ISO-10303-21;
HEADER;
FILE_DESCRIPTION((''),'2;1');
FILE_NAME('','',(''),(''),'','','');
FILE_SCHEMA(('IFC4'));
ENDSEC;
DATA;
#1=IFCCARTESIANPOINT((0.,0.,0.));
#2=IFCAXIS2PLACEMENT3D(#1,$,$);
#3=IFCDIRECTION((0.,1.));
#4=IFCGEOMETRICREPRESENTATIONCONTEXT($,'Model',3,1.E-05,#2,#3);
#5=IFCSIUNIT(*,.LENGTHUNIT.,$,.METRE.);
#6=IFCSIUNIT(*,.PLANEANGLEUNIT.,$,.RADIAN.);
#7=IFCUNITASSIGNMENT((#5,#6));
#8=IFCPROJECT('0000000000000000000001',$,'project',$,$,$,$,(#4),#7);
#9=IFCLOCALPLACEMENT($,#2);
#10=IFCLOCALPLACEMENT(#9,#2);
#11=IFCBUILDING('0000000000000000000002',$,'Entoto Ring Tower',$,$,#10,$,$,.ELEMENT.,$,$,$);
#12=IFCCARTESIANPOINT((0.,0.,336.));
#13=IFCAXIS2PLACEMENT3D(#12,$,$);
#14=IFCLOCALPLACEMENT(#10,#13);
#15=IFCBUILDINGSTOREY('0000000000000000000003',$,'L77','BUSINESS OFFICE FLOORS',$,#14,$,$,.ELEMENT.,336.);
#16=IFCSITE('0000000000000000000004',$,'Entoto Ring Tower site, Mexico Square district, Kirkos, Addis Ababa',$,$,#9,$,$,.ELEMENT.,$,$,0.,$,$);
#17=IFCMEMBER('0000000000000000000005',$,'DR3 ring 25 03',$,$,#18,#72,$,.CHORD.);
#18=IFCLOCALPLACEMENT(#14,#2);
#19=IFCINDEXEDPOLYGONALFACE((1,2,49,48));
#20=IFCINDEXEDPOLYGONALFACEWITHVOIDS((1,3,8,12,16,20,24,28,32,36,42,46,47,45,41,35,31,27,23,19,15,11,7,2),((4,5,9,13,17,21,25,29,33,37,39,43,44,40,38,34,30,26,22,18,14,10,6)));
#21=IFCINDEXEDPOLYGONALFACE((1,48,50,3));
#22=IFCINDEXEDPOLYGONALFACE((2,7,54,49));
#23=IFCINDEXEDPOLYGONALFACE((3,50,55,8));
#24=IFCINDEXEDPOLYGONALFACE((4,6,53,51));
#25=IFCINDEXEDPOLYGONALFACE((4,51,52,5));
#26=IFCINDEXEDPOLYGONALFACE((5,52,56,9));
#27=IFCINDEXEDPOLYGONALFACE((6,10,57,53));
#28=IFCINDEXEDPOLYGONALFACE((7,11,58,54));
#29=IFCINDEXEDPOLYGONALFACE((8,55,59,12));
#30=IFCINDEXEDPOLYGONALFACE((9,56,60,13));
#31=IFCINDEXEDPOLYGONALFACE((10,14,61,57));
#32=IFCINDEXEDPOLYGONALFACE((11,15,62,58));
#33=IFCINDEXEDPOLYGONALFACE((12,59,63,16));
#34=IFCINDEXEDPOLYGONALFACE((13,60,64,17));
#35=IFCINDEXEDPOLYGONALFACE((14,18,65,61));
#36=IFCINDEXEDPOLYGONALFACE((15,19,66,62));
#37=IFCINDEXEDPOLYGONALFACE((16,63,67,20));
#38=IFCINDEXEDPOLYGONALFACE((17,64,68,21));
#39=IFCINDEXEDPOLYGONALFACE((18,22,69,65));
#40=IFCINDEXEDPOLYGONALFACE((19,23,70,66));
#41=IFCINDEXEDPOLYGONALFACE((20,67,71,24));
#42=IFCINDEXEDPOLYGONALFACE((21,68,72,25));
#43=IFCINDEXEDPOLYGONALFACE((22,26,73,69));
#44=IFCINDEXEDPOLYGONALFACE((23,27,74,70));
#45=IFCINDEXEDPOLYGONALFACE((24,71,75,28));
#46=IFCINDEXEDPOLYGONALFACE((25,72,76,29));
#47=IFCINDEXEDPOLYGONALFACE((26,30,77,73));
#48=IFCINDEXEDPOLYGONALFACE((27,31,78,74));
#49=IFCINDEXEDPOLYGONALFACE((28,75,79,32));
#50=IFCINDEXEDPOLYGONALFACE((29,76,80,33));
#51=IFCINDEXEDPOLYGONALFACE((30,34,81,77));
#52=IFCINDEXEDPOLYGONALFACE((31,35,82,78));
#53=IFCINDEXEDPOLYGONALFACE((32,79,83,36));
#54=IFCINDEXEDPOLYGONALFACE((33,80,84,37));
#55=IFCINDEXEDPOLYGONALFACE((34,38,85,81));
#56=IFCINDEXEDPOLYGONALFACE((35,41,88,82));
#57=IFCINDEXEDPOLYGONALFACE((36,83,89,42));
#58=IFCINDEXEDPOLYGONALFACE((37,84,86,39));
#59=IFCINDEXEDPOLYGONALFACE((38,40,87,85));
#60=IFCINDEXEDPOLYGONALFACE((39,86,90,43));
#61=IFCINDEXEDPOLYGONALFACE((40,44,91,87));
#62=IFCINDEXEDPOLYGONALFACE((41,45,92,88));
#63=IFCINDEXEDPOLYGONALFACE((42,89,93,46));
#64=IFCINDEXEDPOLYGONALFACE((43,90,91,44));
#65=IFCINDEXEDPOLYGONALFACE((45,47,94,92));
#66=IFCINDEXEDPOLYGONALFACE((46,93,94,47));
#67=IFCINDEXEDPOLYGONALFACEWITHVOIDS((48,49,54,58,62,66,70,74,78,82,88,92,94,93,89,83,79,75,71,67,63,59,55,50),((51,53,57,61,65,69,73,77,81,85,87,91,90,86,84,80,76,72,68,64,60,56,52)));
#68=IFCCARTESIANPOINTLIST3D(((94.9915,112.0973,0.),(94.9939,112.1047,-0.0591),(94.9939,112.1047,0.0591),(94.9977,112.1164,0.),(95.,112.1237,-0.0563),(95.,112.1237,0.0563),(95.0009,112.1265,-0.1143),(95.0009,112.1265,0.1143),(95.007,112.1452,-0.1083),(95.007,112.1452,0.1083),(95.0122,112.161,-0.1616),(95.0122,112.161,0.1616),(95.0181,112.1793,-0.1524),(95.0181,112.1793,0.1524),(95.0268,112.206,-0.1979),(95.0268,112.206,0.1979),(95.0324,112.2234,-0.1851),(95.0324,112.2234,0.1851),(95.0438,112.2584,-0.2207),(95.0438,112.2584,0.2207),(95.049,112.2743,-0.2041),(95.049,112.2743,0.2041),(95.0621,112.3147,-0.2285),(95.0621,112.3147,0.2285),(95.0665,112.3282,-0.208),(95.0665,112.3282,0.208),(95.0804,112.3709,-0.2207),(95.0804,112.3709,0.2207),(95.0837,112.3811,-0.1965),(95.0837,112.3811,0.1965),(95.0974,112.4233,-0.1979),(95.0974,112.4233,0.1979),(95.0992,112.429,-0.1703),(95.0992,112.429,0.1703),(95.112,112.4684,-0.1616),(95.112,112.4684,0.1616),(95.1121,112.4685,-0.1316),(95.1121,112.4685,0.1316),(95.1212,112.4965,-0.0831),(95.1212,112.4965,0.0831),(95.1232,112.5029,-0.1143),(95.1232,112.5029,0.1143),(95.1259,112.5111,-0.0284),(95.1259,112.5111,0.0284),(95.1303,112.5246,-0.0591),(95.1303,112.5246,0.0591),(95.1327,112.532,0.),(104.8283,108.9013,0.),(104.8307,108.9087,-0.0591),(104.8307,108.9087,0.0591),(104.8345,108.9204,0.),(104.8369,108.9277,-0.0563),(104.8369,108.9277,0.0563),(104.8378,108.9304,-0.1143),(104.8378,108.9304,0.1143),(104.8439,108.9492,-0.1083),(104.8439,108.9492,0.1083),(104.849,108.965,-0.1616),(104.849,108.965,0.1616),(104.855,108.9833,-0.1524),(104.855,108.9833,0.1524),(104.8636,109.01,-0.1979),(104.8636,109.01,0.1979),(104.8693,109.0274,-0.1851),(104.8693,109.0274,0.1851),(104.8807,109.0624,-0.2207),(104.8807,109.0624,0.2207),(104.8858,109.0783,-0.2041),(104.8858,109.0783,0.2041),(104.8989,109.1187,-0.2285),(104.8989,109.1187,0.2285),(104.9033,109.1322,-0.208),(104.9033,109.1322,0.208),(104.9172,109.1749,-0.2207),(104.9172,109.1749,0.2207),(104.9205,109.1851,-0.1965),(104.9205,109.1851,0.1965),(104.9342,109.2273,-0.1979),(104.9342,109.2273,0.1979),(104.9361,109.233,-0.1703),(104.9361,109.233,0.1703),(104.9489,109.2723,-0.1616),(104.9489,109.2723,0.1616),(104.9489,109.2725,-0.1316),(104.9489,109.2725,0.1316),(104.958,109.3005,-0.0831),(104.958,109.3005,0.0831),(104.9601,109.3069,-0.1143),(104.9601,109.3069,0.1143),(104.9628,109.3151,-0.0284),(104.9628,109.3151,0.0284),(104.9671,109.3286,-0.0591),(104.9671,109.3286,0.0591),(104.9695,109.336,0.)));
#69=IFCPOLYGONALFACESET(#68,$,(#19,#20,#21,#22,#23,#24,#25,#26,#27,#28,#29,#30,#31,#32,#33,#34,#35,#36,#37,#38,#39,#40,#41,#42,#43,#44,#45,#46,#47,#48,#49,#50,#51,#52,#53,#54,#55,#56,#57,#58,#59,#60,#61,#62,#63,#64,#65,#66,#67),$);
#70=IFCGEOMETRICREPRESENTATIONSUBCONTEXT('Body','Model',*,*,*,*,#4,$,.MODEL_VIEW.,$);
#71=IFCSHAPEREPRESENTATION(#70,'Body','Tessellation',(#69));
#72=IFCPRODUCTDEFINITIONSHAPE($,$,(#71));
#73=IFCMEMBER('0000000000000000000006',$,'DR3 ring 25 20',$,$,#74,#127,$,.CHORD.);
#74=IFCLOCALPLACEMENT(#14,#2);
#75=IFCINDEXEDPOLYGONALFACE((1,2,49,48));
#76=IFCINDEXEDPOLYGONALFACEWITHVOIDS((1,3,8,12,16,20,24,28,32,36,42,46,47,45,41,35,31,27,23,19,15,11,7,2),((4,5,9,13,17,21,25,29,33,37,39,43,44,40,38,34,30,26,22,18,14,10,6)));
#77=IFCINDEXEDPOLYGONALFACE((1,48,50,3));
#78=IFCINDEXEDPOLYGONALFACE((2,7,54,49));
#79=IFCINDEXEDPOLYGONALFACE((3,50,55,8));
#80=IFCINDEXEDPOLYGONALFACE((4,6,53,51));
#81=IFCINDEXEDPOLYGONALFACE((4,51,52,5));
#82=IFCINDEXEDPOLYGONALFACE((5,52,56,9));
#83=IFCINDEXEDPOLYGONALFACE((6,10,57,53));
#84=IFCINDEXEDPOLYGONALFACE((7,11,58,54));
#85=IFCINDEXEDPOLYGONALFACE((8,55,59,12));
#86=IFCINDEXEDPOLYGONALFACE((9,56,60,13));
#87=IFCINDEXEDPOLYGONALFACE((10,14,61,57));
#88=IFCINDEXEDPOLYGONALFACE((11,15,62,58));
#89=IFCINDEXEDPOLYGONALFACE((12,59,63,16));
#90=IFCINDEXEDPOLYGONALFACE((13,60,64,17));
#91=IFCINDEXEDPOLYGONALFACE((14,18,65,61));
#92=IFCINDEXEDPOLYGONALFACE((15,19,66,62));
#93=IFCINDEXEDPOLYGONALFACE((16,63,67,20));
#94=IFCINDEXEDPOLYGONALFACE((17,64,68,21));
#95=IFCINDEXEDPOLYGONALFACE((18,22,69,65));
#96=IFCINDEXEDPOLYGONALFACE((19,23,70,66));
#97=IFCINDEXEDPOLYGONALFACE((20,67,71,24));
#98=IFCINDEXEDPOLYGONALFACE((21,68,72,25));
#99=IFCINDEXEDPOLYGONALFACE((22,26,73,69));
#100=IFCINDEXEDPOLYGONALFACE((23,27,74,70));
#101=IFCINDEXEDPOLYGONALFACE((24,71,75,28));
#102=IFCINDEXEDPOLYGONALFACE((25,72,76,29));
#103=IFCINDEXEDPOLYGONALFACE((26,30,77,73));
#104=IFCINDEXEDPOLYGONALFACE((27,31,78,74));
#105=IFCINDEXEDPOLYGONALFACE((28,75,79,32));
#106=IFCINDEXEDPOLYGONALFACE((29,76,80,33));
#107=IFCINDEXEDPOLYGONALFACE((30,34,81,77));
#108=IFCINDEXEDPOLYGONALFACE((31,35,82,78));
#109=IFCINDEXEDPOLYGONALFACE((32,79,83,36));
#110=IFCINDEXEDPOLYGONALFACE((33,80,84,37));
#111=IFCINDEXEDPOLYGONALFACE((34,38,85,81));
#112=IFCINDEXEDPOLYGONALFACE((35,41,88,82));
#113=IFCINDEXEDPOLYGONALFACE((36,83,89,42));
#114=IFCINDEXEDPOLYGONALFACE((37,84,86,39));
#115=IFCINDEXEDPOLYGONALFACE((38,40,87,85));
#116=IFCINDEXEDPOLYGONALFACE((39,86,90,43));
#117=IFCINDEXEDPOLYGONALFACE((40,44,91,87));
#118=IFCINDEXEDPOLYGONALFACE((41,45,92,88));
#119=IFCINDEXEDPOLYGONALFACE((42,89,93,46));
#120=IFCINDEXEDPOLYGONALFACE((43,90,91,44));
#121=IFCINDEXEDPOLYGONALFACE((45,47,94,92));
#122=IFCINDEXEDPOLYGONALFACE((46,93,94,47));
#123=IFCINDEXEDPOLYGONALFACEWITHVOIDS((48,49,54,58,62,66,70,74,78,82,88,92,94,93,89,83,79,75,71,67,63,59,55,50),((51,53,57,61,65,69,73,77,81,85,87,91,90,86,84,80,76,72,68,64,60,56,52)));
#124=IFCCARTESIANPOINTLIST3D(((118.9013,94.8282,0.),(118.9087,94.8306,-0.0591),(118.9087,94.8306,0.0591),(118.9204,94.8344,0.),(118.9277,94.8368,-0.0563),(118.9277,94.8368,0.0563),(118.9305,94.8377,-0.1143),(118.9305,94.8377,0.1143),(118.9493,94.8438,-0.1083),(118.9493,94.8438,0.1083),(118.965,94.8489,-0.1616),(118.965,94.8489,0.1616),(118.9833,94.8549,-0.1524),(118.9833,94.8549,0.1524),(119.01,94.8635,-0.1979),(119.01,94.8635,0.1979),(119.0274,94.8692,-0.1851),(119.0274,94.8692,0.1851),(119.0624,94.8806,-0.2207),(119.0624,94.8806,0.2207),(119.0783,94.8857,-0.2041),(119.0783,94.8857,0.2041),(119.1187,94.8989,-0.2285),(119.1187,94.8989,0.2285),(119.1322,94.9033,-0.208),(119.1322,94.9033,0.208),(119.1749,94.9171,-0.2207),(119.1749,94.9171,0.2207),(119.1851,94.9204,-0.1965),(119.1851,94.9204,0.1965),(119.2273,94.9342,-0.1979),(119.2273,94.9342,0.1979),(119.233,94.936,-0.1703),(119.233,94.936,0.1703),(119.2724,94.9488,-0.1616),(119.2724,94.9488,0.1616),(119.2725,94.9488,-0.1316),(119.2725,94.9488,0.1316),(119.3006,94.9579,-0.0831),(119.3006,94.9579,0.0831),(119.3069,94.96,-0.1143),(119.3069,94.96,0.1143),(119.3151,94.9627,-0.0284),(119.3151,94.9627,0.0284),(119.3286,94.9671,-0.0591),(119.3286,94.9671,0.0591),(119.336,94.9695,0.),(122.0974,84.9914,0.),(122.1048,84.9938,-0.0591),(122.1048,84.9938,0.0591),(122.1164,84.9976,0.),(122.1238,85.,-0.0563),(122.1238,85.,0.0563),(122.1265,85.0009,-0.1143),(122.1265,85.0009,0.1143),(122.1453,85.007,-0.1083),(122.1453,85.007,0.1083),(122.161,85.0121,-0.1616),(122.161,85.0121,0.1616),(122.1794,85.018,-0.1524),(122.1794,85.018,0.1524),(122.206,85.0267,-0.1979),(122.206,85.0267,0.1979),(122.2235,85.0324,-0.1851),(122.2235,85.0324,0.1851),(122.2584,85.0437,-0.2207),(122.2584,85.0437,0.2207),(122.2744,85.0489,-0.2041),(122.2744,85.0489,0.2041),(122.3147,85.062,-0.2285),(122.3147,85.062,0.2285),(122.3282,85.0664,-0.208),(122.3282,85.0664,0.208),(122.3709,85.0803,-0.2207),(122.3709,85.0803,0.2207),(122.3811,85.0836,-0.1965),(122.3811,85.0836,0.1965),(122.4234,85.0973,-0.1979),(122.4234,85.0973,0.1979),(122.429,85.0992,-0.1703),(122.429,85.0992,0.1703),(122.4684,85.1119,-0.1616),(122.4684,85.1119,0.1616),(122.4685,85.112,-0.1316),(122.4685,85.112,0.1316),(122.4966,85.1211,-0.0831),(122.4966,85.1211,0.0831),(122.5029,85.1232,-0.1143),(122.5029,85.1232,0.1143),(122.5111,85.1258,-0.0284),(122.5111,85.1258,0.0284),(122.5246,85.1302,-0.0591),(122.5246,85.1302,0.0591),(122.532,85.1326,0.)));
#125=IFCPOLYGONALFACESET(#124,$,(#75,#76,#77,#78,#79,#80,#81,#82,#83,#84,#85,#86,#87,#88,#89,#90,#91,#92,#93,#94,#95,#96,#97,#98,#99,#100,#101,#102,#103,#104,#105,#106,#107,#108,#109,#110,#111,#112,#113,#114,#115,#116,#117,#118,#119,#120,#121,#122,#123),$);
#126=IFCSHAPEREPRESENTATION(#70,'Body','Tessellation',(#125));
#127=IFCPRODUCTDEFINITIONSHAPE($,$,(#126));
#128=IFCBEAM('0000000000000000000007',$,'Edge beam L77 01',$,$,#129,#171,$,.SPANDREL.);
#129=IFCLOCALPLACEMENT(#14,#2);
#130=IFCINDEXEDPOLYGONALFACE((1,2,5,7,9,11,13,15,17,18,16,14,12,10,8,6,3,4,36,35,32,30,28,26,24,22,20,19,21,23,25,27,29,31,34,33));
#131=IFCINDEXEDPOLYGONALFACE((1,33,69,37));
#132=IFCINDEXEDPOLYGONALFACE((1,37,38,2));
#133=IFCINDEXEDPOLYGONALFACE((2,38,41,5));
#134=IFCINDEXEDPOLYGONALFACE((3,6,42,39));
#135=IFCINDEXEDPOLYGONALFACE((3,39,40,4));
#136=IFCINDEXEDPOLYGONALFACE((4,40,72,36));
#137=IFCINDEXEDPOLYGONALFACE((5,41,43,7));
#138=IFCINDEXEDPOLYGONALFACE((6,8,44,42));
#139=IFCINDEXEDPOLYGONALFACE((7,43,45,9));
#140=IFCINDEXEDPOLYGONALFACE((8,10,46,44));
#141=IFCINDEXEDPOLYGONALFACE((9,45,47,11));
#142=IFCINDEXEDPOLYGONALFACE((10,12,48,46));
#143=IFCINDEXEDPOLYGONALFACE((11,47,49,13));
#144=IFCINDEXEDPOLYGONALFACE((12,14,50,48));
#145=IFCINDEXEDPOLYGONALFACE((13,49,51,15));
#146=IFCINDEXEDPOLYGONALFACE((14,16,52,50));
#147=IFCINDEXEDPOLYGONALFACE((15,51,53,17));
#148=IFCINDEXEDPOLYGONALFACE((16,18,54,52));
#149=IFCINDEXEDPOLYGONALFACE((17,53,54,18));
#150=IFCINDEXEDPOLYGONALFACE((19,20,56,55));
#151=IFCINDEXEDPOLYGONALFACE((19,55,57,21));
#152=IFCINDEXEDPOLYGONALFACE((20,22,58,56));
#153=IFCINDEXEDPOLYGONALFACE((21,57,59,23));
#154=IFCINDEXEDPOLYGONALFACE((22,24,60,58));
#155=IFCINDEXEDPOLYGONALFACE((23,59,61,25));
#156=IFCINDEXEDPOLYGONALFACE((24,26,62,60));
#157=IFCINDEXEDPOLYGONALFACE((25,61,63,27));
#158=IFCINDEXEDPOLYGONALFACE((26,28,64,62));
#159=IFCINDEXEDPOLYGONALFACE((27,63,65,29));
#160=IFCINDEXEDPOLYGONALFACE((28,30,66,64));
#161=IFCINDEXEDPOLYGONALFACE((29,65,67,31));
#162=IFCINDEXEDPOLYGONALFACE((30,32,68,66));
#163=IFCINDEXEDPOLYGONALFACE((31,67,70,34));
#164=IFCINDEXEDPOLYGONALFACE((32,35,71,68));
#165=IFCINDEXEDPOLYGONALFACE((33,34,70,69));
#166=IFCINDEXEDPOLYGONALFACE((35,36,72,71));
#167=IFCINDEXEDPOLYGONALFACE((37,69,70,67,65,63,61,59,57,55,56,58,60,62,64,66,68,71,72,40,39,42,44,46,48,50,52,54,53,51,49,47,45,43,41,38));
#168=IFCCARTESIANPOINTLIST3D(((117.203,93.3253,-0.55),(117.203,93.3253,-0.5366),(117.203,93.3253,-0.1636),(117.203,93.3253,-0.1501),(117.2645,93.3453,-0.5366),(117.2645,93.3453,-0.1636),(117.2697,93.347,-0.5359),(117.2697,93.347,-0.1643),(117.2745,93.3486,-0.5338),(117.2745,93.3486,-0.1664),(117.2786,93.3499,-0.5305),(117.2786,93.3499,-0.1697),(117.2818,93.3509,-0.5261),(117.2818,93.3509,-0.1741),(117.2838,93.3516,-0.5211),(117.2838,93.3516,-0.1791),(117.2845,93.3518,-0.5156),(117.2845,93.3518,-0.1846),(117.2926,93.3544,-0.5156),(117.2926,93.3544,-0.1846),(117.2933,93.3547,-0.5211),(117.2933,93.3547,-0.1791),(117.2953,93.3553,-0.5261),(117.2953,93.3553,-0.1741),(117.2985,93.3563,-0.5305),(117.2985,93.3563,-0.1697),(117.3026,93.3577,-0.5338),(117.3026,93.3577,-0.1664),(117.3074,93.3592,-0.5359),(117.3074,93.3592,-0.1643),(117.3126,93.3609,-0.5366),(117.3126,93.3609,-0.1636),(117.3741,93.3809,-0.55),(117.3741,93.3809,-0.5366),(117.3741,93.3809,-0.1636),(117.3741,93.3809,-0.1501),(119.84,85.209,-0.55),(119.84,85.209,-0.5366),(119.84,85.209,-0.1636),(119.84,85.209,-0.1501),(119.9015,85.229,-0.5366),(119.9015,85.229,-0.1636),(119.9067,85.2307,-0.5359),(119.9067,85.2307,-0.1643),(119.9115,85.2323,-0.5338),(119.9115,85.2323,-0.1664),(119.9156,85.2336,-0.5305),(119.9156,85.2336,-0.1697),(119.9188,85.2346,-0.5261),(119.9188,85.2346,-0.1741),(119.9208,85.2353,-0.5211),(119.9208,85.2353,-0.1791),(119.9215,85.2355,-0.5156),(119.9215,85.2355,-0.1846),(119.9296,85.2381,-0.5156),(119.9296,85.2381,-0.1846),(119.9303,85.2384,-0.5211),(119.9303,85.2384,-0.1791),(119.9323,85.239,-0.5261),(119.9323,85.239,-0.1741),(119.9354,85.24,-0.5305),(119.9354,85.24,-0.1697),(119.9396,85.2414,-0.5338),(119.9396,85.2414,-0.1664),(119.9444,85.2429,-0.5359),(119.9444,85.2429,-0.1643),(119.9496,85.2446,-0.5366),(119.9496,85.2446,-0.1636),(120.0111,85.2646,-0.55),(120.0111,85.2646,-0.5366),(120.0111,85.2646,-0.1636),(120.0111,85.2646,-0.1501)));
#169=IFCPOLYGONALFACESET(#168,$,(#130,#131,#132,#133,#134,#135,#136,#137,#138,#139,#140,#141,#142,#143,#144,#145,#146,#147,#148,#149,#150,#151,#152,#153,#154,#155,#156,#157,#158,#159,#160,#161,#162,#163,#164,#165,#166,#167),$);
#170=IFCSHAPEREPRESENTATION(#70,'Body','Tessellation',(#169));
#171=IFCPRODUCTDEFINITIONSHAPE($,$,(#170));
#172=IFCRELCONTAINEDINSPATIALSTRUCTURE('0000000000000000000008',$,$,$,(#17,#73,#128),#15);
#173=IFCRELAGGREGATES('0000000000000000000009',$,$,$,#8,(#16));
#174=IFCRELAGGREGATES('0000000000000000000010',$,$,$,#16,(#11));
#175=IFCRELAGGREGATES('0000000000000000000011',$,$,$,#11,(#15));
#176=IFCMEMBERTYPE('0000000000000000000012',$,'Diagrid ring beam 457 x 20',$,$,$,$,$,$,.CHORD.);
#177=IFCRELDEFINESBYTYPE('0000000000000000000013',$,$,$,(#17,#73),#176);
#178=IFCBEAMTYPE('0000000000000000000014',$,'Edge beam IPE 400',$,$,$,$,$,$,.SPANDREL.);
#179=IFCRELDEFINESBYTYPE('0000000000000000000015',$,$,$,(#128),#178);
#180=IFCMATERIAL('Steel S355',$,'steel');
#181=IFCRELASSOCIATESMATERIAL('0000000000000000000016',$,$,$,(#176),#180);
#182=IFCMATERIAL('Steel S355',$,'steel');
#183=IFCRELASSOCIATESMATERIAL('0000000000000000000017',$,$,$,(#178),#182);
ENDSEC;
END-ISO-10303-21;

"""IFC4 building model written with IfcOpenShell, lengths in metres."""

from ifc_helpers import new_model, si_unit, direction, frame, origin, origin_2d, place, context, subcontext, project, spatial, circle, hollow_circle, i_section, extrude, material, material_profile, profile_set, type_object, element, save


model = new_model("IFC4")

# Units and contexts
model_context = context("Model", 3, precision=1e-05, world=origin(), true_north=direction((0.0, 1.0)))
body_context = subcontext(model_context, "Body", "Model", "MODEL_VIEW")
ifc_project = project(units=[si_unit("LENGTHUNIT", "METRE"), si_unit("PLANEANGLEUNIT", "RADIAN")], contexts=[model_context])

# Site, building, storey
site_placement = place(None, origin())
site = spatial("IfcSite", under=ifc_project, at=site_placement, Name="Entoto Ring Tower site, Mexico Square district, Kirkos, Addis Ababa", CompositionType="ELEMENT", RefElevation=0.0)
building_placement = place(site_placement, origin())
building = spatial("IfcBuilding", under=site, at=building_placement, Name="Entoto Ring Tower", CompositionType="ELEMENT")
storey_placement = place(building_placement, frame((0.0, 0.0, 336.0)))
storey = spatial("IfcBuildingStorey", under=building, at=storey_placement, Name="L77", Description="BUSINESS OFFICE FLOORS", CompositionType="ELEMENT", Elevation=336.0)

# Members
ifc_material_1 = material(Name="Steel S355", Category="steel")
ifc_material_profile_1 = material_profile(ifc_material_1, hollow_circle(Radius=0.2285, WallThickness=0.02, at=origin_2d()), Name="CHS 457 x 20")
ifc_material_2 = material(Name="Concrete C60/75", Category="concrete")
ifc_material_profile_2 = material_profile(ifc_material_2, circle(Radius=0.2085, at=origin_2d()), Name="Concrete C60/75 infill")
ifc_profile_set_1 = profile_set([ifc_material_profile_1, ifc_material_profile_2], Name="Steel S355")
member_type_1 = type_object("IfcMemberType", Name="Diagrid ring beam 457 x 20", PredefinedType="CHORD", material=ifc_profile_set_1)
for number, where, z_axis, x_axis, name in (
    (1, (104.8989, 109.1187, 0.0), (-0.951061, 0.309003, 0.0), (-0.309003, -0.951061, 0.0), "DR3 ring 25 03"),
    (2, (122.3147, 85.062, 0.0), (-0.309003, 0.951061, 0.0), (-0.951061, -0.309003, 0.0), "DR3 ring 25 20"),
):
    element("IfcMember", number, at=place(storey_placement, frame(where, z_axis=z_axis, x_axis=x_axis)), inside=storey, type_object=member_type_1, Name=name, PredefinedType="CHORD", context=body_context, shape_type="SweptSolid", body=[
        extrude(hollow_circle(Radius=0.2285, WallThickness=0.02, at=origin_2d()), origin(), (0.0, 0.0, 1.0), 10.343),
    ])

# Beam
ifc_material_3 = material(Name="Steel S355", Category="steel")
ifc_material_profile_3 = material_profile(ifc_material_3, i_section(OverallWidth=0.1799, OverallDepth=0.3999, WebThickness=0.0085, FlangeThickness=0.0134, FilletRadius=0.021, at=origin_2d()), Name="IPE 400")
ifc_profile_set_2 = profile_set([ifc_material_profile_3], Name="Steel S355")
beam_type_1 = type_object("IfcBeamType", Name="Edge beam IPE 400", PredefinedType="SPANDREL", material=ifc_profile_set_2)
beam_1_placement = place(storey_placement, frame((119.9255, 85.2368, -0.3501), z_axis=(-0.309001, 0.951062, 0.0), x_axis=(-0.951062, -0.309001, 0.0)))
element("IfcBeam", 3, at=beam_1_placement, inside=storey, type_object=beam_type_1, Name="Edge beam L77 01", PredefinedType="SPANDREL", context=body_context, shape_type="SweptSolid", body=[
    extrude(i_section(OverallWidth=0.1799, OverallDepth=0.3999, WebThickness=0.0085, FlangeThickness=0.0134, FilletRadius=0.021, at=origin_2d()), origin(), (0.0, 0.0, 1.0), 8.5339),
])

save(model, "model.ifc")
